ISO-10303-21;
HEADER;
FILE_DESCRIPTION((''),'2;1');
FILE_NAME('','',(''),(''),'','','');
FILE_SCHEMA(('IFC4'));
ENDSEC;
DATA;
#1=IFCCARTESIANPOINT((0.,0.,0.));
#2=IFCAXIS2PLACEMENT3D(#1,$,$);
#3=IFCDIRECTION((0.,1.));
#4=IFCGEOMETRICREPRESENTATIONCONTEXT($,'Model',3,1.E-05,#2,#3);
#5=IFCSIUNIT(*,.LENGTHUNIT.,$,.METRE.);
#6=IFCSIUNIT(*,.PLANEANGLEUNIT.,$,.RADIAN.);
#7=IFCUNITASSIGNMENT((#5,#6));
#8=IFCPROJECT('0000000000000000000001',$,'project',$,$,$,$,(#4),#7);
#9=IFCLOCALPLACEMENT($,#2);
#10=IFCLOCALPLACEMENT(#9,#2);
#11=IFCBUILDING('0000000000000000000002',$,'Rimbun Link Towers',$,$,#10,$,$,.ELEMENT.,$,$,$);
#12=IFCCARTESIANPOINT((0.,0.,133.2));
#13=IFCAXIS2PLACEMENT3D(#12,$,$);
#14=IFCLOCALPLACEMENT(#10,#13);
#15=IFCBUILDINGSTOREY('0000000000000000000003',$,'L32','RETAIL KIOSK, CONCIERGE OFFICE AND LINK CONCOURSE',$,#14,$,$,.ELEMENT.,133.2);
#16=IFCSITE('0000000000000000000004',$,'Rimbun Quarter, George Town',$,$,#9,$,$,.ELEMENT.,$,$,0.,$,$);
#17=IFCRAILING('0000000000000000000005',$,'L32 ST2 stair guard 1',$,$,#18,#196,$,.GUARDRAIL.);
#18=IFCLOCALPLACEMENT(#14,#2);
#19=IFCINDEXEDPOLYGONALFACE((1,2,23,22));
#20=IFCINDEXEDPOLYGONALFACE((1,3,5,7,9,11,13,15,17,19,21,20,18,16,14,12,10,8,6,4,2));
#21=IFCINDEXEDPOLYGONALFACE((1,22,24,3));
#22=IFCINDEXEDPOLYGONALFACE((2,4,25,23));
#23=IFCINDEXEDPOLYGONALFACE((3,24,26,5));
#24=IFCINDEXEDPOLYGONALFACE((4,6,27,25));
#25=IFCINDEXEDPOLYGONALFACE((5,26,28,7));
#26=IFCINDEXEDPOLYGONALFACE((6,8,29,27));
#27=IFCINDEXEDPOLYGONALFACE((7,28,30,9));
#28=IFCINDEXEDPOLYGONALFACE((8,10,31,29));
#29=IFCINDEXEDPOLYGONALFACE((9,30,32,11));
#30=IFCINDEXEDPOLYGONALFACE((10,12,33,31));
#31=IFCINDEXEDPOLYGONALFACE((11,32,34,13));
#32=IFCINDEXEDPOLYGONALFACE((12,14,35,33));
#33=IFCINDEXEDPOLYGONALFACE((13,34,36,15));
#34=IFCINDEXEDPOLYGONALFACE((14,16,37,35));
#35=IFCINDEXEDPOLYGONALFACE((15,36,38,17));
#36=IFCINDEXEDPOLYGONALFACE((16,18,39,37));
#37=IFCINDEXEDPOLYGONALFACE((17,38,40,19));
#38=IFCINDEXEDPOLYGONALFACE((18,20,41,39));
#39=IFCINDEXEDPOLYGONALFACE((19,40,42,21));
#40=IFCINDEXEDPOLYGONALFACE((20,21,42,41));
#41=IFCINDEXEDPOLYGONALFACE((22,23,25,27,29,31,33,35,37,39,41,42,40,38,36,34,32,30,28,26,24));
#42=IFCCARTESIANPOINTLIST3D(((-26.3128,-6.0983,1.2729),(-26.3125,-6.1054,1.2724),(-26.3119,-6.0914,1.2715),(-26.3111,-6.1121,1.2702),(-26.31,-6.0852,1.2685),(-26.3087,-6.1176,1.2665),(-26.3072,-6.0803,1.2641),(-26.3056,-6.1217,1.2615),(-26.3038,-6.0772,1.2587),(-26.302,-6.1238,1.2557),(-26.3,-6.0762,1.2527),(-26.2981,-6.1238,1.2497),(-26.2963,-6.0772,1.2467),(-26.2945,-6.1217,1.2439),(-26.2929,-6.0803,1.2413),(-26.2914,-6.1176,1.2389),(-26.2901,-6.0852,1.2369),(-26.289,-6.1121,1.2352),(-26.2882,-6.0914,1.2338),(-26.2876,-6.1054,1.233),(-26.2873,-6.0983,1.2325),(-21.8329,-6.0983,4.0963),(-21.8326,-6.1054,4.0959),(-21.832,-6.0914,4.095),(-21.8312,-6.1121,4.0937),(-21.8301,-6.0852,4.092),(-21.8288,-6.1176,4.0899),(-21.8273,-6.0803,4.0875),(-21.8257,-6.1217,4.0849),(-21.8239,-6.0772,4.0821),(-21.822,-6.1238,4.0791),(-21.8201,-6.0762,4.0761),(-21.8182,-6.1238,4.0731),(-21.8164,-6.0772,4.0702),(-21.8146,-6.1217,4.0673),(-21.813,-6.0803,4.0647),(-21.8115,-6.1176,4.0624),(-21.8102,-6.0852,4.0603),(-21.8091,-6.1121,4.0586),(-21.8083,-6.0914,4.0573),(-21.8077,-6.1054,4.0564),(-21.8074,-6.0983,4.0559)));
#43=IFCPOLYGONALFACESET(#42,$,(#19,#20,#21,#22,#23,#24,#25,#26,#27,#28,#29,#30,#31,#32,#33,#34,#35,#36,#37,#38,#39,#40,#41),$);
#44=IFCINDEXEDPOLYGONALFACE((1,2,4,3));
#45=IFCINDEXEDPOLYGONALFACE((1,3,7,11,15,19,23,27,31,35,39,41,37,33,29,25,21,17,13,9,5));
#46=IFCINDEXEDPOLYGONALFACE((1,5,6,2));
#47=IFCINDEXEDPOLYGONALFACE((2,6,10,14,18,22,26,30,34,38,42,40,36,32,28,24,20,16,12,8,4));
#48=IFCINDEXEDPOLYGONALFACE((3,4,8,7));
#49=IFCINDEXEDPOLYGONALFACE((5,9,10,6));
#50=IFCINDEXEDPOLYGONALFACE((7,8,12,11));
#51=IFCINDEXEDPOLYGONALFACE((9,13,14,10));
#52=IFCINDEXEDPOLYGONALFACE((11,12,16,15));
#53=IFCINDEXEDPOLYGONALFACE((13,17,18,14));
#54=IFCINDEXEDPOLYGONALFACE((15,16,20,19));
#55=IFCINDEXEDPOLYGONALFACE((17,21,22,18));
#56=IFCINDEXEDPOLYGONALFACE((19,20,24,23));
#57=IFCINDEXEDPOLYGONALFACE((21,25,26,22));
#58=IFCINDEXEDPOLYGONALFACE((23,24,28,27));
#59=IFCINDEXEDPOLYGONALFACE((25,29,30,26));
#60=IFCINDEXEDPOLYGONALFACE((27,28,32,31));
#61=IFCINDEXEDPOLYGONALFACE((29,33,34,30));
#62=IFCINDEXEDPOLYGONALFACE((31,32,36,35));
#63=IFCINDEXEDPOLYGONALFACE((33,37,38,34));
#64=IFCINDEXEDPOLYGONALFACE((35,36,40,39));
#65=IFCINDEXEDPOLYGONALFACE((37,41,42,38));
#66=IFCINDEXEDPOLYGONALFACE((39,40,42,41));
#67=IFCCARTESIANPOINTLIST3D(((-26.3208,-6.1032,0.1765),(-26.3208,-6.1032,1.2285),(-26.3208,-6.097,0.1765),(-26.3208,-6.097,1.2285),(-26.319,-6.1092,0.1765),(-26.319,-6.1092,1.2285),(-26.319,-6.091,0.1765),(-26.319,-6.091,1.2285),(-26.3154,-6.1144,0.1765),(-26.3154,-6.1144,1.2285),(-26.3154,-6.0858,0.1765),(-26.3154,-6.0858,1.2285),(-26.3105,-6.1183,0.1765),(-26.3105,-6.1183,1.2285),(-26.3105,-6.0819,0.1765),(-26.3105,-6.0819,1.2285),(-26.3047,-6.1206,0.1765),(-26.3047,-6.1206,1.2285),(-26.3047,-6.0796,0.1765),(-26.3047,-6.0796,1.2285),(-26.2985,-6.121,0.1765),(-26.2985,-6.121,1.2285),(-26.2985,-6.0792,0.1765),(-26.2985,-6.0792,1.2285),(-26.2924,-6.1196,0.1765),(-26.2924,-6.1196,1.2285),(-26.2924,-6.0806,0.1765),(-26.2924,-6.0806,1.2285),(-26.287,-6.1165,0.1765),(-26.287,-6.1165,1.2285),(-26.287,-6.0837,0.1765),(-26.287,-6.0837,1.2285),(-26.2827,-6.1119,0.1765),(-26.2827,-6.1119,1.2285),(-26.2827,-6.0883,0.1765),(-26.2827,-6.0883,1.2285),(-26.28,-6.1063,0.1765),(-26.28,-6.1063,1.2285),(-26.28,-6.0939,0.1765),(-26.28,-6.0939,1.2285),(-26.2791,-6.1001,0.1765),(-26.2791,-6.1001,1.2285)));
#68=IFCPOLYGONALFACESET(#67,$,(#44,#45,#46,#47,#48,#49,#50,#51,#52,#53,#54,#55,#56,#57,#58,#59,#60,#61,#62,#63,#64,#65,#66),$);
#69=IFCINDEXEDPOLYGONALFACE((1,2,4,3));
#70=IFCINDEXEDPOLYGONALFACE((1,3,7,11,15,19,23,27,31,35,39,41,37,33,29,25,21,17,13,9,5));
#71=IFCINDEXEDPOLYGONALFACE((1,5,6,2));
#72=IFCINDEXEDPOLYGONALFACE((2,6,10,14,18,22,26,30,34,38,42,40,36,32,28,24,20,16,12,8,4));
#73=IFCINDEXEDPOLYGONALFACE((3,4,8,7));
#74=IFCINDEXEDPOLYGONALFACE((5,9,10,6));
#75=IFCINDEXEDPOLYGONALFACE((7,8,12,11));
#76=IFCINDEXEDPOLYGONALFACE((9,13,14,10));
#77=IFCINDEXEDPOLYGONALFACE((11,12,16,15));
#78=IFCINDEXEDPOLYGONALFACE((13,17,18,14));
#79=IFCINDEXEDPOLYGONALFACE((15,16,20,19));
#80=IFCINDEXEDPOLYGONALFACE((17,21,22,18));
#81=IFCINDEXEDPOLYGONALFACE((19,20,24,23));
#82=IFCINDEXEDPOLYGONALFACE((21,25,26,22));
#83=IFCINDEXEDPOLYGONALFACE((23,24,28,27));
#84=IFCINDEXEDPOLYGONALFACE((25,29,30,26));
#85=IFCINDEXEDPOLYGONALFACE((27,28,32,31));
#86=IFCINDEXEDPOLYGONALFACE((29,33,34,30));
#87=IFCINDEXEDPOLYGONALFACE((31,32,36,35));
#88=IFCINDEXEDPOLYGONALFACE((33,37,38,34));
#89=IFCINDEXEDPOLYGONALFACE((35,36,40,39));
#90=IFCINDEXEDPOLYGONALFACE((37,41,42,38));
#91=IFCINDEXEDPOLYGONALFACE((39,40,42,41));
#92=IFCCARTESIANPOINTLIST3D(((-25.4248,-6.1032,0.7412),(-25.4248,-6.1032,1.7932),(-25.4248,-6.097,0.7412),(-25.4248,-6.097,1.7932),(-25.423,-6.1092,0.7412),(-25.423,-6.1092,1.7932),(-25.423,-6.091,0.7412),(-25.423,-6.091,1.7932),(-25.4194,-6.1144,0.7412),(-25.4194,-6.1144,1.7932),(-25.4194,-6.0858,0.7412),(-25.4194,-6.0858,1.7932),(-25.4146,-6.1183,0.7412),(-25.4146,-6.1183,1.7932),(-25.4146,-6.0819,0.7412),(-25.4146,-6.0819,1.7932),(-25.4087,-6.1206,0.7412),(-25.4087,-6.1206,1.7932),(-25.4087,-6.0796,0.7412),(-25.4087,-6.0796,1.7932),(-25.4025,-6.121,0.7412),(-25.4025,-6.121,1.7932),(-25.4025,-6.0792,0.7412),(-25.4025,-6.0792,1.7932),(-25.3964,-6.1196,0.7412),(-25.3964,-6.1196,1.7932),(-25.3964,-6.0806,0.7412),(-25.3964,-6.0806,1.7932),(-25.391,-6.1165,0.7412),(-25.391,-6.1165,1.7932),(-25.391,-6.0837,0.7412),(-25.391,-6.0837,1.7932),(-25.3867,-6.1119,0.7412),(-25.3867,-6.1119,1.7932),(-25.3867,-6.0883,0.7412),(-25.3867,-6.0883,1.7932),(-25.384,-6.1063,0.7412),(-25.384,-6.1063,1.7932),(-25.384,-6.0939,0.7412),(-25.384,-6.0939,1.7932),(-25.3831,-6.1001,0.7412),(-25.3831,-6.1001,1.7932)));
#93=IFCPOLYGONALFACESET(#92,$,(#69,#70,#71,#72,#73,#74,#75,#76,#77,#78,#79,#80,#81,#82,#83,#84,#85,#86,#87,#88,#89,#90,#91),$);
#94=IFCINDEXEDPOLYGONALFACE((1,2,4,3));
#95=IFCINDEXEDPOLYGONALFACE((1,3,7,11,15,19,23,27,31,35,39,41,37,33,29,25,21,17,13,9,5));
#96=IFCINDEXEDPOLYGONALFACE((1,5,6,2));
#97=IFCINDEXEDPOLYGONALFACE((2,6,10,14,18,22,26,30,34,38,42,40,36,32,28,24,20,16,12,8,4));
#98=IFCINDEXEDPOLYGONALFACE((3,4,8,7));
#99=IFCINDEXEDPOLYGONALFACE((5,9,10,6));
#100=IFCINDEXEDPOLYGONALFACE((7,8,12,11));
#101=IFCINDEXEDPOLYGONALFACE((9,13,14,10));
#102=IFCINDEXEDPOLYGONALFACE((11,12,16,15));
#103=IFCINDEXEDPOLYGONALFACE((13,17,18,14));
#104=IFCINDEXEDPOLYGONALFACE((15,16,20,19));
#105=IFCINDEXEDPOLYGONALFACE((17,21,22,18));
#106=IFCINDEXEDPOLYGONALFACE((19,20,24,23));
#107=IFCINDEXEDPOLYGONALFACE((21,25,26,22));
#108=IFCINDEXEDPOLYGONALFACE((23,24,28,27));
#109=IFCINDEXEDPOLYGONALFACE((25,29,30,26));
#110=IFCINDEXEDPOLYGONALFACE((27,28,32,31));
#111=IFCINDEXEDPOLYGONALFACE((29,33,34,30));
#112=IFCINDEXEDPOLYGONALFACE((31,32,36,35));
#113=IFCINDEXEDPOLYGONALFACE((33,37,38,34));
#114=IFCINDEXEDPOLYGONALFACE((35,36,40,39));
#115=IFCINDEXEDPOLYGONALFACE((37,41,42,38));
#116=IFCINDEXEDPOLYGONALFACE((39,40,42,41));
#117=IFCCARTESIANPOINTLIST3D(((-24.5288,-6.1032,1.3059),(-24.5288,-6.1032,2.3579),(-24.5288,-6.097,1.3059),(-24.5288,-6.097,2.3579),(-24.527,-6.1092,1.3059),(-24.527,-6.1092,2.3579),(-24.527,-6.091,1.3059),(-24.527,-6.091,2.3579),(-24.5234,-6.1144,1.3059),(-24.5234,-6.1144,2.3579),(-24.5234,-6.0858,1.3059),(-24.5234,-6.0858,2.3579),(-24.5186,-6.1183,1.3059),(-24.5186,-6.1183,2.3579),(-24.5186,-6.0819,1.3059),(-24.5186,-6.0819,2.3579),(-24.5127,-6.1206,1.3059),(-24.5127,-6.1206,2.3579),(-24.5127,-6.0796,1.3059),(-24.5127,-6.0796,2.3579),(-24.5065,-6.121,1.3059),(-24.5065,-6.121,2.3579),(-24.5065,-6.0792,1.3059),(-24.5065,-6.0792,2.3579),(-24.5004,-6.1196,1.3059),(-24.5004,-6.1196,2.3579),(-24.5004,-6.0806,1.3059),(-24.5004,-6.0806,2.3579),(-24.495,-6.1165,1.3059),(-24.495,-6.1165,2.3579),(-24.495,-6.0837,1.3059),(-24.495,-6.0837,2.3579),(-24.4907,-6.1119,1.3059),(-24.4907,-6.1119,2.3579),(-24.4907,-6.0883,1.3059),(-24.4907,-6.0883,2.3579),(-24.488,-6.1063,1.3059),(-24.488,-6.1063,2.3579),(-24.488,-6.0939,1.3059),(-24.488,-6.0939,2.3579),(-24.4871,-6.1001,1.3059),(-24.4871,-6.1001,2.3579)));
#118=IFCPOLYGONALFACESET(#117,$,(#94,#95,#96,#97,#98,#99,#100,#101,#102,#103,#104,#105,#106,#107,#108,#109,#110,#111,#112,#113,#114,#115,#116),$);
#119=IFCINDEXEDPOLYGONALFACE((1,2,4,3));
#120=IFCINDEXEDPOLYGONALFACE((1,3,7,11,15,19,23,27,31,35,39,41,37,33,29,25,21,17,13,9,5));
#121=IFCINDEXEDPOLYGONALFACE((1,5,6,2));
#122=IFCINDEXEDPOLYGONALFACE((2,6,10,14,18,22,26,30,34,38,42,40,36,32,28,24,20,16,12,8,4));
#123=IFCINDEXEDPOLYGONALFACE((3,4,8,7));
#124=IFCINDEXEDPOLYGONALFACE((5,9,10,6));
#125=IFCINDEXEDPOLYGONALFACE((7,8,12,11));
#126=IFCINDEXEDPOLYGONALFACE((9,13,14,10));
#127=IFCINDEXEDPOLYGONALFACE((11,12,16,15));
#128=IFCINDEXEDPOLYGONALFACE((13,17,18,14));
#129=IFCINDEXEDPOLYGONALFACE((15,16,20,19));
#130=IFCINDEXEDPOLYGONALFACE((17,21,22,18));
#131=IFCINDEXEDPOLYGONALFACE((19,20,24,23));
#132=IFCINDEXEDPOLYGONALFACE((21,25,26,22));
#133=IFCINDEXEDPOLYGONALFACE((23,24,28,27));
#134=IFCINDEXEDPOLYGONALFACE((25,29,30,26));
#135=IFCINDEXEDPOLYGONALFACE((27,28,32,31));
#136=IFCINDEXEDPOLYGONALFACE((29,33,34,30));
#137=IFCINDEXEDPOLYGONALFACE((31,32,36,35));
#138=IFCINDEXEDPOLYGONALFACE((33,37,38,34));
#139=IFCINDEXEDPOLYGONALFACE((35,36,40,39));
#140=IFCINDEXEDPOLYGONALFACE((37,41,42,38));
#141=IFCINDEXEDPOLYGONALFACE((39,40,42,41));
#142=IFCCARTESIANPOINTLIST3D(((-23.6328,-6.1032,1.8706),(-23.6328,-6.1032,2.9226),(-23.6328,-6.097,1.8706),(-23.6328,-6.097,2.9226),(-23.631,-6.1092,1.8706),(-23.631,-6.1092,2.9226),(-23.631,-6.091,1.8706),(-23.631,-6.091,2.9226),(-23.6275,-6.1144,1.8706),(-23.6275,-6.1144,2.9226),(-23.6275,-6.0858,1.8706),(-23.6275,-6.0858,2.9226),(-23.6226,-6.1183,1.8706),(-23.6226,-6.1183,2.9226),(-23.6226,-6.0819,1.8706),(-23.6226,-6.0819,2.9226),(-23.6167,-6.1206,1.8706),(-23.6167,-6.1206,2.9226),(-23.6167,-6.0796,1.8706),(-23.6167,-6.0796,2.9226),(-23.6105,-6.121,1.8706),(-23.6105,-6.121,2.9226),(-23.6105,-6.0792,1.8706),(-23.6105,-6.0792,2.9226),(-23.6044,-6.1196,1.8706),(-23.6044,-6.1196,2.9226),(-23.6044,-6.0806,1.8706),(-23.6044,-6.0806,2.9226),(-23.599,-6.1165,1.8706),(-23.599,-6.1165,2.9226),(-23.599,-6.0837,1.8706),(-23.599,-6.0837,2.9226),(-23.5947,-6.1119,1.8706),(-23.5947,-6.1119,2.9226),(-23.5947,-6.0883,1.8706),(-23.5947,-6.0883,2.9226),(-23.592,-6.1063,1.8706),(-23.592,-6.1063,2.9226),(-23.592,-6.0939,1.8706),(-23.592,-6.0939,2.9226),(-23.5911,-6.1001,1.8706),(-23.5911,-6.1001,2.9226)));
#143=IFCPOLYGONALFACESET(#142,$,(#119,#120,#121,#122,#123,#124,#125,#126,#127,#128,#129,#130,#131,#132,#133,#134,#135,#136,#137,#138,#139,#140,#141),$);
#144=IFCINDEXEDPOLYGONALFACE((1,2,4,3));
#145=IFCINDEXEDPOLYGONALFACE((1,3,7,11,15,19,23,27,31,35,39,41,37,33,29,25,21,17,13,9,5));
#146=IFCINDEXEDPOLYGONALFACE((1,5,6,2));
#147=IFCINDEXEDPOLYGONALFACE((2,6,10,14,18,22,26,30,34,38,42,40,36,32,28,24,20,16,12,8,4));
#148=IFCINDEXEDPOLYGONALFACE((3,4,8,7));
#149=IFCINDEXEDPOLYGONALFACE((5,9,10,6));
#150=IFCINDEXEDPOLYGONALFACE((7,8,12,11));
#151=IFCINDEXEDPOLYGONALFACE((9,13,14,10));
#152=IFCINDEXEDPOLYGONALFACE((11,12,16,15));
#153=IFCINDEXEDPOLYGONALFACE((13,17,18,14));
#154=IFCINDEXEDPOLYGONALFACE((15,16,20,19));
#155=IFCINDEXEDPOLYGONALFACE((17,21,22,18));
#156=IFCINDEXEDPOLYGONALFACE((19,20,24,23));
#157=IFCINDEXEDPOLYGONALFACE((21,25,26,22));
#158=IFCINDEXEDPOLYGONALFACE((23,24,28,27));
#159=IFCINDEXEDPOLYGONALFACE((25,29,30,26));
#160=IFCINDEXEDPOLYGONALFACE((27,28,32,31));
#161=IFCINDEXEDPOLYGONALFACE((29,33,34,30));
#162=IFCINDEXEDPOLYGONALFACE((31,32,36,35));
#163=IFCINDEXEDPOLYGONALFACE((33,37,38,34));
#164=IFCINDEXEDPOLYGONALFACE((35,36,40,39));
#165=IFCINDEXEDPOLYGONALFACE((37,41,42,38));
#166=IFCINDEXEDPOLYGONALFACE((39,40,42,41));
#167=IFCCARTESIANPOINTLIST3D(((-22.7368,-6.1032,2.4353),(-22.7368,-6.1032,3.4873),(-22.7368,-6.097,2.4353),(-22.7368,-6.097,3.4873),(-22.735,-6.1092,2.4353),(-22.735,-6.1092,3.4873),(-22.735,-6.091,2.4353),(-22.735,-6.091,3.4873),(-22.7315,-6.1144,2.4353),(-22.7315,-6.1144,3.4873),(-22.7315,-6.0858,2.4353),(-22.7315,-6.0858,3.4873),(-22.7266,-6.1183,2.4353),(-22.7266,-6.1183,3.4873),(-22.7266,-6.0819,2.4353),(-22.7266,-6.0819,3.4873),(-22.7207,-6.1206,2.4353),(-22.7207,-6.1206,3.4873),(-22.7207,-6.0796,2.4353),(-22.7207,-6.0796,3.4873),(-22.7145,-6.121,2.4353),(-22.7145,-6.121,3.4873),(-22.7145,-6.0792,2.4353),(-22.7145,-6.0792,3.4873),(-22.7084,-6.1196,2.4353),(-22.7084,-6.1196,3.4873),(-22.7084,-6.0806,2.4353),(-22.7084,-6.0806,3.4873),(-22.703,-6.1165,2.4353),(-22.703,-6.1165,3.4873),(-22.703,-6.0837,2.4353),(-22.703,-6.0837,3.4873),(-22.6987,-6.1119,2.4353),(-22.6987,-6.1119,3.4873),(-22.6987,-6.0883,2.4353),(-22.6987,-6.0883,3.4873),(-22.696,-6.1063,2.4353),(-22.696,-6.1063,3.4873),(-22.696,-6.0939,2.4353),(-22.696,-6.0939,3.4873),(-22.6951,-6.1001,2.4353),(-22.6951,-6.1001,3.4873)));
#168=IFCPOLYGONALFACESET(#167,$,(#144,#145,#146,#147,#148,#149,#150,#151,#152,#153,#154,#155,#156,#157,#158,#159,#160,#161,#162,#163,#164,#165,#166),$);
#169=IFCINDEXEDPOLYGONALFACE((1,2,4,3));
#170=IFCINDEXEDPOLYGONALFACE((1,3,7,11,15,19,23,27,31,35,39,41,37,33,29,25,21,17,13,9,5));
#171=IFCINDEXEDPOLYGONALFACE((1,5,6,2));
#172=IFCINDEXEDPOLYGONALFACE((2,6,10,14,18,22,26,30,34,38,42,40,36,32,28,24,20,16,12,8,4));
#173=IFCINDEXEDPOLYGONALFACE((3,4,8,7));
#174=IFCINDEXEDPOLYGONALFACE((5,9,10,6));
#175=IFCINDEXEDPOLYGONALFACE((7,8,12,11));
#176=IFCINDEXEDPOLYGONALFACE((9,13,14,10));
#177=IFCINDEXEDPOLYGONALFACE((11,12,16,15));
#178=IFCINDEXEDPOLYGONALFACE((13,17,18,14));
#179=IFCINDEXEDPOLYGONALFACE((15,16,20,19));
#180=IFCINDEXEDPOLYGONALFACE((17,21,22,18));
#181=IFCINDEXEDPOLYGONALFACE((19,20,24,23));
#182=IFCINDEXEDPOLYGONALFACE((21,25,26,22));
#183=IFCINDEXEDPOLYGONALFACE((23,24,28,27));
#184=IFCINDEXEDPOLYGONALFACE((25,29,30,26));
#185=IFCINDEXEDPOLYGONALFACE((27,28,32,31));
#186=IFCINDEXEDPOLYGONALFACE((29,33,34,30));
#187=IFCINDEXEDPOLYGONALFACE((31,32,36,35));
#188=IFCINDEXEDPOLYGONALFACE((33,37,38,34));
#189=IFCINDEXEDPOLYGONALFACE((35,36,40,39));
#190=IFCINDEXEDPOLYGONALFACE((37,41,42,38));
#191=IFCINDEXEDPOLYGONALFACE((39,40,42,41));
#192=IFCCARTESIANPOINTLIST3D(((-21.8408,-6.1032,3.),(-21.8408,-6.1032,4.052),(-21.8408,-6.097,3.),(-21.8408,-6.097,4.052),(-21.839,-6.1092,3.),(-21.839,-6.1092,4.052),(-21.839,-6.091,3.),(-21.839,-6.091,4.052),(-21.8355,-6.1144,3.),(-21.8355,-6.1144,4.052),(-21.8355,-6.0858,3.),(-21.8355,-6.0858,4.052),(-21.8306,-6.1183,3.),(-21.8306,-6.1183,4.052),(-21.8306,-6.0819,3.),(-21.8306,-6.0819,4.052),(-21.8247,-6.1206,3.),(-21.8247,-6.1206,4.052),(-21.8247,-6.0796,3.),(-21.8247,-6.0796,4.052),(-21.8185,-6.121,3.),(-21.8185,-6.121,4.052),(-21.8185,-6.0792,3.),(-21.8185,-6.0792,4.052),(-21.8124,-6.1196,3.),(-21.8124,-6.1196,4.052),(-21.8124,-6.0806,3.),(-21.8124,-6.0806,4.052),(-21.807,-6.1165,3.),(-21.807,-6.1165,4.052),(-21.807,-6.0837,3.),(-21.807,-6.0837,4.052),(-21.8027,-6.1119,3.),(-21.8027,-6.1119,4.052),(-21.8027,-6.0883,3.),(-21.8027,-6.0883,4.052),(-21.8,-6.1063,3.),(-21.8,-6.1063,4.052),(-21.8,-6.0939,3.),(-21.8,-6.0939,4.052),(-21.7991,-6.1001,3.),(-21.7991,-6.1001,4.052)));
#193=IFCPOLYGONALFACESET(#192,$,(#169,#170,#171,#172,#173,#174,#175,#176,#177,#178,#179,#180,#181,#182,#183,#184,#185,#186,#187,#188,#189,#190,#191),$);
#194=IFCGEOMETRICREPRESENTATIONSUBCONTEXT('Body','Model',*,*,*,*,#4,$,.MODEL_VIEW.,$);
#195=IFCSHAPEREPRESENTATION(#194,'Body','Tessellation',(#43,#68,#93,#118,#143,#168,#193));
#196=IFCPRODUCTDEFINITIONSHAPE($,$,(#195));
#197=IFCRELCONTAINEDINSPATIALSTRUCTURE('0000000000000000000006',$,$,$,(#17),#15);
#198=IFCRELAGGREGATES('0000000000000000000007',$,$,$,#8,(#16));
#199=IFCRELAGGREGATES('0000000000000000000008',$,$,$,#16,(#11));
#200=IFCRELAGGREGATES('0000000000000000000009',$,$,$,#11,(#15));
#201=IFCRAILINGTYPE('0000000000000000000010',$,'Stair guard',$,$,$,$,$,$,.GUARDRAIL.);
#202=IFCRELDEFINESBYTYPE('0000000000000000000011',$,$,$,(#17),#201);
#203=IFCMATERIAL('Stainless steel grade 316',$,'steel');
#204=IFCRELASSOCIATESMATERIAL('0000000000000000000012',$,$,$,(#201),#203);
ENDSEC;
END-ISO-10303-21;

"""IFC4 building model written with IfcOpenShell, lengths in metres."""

from ifc_helpers import new_model, si_unit, direction, frame, origin, origin_2d, place, context, subcontext, project, spatial, circle, extrude, material, type_object, element, save


model = new_model("IFC4")

# Units and contexts
model_context = context("Model", 3, precision=1e-05, world=origin(), true_north=direction((0.0, 1.0)))
body_context = subcontext(model_context, "Body", "Model", "MODEL_VIEW")
ifc_project = project(units=[si_unit("LENGTHUNIT", "METRE"), si_unit("PLANEANGLEUNIT", "RADIAN")], contexts=[model_context])

# Site, building, storey
site_placement = place(None, origin())
site = spatial("IfcSite", under=ifc_project, at=site_placement, Name="Rimbun Quarter, George Town", CompositionType="ELEMENT", RefElevation=0.0)
building_placement = place(site_placement, origin())
building = spatial("IfcBuilding", under=site, at=building_placement, Name="Rimbun Link Towers", CompositionType="ELEMENT")
storey_placement = place(building_placement, frame((0.0, 0.0, 133.2)))
storey = spatial("IfcBuildingStorey", under=building, at=storey_placement, Name="L32", Description="RETAIL KIOSK, CONCIERGE OFFICE AND LINK CONCOURSE", CompositionType="ELEMENT", Elevation=133.2)

# Railing
ifc_material_1 = material(Name="Stainless steel grade 316", Category="steel")
railing_type_1 = type_object("IfcRailingType", Name="Stair guard", PredefinedType="GUARDRAIL", material=ifc_material_1)
railing_1_placement = place(storey_placement, frame((-26.3, -6.1001, 0.1765)))
element("IfcRailing", 1, at=railing_1_placement, inside=storey, type_object=railing_type_1, Name="L32 ST2 stair guard 1", PredefinedType="GUARDRAIL", context=body_context, shape_type="SweptSolid", body=[
    extrude(circle(Radius=0.0239, at=origin_2d()), frame((0.0, 0.0, 1.0762), z_axis=(0.845998, 0.0, 0.533186), x_axis=(0.0, 1.0, 0.0)), (0.0, 0.0, 1.0), 5.2954),
    extrude(circle(Radius=0.021, at=origin_2d()), origin(), (0.0, 0.0, 1.0), 1.052),
    extrude(circle(Radius=0.021, at=origin_2d()), frame((0.896, 0.0, 0.5647)), (0.0, 0.0, 1.0), 1.052),
    extrude(circle(Radius=0.021, at=origin_2d()), frame((1.792, 0.0, 1.1294)), (0.0, 0.0, 1.0), 1.052),
    extrude(circle(Radius=0.021, at=origin_2d()), frame((2.688, 0.0, 1.6941)), (0.0, 0.0, 1.0), 1.052),
    extrude(circle(Radius=0.021, at=origin_2d()), frame((3.584, 0.0, 2.2588)), (0.0, 0.0, 1.0), 1.052),
    extrude(circle(Radius=0.021, at=origin_2d()), frame((4.48, 0.0, 2.8235)), (0.0, 0.0, 1.0), 1.052),
])

save(model, "model.ifc")
